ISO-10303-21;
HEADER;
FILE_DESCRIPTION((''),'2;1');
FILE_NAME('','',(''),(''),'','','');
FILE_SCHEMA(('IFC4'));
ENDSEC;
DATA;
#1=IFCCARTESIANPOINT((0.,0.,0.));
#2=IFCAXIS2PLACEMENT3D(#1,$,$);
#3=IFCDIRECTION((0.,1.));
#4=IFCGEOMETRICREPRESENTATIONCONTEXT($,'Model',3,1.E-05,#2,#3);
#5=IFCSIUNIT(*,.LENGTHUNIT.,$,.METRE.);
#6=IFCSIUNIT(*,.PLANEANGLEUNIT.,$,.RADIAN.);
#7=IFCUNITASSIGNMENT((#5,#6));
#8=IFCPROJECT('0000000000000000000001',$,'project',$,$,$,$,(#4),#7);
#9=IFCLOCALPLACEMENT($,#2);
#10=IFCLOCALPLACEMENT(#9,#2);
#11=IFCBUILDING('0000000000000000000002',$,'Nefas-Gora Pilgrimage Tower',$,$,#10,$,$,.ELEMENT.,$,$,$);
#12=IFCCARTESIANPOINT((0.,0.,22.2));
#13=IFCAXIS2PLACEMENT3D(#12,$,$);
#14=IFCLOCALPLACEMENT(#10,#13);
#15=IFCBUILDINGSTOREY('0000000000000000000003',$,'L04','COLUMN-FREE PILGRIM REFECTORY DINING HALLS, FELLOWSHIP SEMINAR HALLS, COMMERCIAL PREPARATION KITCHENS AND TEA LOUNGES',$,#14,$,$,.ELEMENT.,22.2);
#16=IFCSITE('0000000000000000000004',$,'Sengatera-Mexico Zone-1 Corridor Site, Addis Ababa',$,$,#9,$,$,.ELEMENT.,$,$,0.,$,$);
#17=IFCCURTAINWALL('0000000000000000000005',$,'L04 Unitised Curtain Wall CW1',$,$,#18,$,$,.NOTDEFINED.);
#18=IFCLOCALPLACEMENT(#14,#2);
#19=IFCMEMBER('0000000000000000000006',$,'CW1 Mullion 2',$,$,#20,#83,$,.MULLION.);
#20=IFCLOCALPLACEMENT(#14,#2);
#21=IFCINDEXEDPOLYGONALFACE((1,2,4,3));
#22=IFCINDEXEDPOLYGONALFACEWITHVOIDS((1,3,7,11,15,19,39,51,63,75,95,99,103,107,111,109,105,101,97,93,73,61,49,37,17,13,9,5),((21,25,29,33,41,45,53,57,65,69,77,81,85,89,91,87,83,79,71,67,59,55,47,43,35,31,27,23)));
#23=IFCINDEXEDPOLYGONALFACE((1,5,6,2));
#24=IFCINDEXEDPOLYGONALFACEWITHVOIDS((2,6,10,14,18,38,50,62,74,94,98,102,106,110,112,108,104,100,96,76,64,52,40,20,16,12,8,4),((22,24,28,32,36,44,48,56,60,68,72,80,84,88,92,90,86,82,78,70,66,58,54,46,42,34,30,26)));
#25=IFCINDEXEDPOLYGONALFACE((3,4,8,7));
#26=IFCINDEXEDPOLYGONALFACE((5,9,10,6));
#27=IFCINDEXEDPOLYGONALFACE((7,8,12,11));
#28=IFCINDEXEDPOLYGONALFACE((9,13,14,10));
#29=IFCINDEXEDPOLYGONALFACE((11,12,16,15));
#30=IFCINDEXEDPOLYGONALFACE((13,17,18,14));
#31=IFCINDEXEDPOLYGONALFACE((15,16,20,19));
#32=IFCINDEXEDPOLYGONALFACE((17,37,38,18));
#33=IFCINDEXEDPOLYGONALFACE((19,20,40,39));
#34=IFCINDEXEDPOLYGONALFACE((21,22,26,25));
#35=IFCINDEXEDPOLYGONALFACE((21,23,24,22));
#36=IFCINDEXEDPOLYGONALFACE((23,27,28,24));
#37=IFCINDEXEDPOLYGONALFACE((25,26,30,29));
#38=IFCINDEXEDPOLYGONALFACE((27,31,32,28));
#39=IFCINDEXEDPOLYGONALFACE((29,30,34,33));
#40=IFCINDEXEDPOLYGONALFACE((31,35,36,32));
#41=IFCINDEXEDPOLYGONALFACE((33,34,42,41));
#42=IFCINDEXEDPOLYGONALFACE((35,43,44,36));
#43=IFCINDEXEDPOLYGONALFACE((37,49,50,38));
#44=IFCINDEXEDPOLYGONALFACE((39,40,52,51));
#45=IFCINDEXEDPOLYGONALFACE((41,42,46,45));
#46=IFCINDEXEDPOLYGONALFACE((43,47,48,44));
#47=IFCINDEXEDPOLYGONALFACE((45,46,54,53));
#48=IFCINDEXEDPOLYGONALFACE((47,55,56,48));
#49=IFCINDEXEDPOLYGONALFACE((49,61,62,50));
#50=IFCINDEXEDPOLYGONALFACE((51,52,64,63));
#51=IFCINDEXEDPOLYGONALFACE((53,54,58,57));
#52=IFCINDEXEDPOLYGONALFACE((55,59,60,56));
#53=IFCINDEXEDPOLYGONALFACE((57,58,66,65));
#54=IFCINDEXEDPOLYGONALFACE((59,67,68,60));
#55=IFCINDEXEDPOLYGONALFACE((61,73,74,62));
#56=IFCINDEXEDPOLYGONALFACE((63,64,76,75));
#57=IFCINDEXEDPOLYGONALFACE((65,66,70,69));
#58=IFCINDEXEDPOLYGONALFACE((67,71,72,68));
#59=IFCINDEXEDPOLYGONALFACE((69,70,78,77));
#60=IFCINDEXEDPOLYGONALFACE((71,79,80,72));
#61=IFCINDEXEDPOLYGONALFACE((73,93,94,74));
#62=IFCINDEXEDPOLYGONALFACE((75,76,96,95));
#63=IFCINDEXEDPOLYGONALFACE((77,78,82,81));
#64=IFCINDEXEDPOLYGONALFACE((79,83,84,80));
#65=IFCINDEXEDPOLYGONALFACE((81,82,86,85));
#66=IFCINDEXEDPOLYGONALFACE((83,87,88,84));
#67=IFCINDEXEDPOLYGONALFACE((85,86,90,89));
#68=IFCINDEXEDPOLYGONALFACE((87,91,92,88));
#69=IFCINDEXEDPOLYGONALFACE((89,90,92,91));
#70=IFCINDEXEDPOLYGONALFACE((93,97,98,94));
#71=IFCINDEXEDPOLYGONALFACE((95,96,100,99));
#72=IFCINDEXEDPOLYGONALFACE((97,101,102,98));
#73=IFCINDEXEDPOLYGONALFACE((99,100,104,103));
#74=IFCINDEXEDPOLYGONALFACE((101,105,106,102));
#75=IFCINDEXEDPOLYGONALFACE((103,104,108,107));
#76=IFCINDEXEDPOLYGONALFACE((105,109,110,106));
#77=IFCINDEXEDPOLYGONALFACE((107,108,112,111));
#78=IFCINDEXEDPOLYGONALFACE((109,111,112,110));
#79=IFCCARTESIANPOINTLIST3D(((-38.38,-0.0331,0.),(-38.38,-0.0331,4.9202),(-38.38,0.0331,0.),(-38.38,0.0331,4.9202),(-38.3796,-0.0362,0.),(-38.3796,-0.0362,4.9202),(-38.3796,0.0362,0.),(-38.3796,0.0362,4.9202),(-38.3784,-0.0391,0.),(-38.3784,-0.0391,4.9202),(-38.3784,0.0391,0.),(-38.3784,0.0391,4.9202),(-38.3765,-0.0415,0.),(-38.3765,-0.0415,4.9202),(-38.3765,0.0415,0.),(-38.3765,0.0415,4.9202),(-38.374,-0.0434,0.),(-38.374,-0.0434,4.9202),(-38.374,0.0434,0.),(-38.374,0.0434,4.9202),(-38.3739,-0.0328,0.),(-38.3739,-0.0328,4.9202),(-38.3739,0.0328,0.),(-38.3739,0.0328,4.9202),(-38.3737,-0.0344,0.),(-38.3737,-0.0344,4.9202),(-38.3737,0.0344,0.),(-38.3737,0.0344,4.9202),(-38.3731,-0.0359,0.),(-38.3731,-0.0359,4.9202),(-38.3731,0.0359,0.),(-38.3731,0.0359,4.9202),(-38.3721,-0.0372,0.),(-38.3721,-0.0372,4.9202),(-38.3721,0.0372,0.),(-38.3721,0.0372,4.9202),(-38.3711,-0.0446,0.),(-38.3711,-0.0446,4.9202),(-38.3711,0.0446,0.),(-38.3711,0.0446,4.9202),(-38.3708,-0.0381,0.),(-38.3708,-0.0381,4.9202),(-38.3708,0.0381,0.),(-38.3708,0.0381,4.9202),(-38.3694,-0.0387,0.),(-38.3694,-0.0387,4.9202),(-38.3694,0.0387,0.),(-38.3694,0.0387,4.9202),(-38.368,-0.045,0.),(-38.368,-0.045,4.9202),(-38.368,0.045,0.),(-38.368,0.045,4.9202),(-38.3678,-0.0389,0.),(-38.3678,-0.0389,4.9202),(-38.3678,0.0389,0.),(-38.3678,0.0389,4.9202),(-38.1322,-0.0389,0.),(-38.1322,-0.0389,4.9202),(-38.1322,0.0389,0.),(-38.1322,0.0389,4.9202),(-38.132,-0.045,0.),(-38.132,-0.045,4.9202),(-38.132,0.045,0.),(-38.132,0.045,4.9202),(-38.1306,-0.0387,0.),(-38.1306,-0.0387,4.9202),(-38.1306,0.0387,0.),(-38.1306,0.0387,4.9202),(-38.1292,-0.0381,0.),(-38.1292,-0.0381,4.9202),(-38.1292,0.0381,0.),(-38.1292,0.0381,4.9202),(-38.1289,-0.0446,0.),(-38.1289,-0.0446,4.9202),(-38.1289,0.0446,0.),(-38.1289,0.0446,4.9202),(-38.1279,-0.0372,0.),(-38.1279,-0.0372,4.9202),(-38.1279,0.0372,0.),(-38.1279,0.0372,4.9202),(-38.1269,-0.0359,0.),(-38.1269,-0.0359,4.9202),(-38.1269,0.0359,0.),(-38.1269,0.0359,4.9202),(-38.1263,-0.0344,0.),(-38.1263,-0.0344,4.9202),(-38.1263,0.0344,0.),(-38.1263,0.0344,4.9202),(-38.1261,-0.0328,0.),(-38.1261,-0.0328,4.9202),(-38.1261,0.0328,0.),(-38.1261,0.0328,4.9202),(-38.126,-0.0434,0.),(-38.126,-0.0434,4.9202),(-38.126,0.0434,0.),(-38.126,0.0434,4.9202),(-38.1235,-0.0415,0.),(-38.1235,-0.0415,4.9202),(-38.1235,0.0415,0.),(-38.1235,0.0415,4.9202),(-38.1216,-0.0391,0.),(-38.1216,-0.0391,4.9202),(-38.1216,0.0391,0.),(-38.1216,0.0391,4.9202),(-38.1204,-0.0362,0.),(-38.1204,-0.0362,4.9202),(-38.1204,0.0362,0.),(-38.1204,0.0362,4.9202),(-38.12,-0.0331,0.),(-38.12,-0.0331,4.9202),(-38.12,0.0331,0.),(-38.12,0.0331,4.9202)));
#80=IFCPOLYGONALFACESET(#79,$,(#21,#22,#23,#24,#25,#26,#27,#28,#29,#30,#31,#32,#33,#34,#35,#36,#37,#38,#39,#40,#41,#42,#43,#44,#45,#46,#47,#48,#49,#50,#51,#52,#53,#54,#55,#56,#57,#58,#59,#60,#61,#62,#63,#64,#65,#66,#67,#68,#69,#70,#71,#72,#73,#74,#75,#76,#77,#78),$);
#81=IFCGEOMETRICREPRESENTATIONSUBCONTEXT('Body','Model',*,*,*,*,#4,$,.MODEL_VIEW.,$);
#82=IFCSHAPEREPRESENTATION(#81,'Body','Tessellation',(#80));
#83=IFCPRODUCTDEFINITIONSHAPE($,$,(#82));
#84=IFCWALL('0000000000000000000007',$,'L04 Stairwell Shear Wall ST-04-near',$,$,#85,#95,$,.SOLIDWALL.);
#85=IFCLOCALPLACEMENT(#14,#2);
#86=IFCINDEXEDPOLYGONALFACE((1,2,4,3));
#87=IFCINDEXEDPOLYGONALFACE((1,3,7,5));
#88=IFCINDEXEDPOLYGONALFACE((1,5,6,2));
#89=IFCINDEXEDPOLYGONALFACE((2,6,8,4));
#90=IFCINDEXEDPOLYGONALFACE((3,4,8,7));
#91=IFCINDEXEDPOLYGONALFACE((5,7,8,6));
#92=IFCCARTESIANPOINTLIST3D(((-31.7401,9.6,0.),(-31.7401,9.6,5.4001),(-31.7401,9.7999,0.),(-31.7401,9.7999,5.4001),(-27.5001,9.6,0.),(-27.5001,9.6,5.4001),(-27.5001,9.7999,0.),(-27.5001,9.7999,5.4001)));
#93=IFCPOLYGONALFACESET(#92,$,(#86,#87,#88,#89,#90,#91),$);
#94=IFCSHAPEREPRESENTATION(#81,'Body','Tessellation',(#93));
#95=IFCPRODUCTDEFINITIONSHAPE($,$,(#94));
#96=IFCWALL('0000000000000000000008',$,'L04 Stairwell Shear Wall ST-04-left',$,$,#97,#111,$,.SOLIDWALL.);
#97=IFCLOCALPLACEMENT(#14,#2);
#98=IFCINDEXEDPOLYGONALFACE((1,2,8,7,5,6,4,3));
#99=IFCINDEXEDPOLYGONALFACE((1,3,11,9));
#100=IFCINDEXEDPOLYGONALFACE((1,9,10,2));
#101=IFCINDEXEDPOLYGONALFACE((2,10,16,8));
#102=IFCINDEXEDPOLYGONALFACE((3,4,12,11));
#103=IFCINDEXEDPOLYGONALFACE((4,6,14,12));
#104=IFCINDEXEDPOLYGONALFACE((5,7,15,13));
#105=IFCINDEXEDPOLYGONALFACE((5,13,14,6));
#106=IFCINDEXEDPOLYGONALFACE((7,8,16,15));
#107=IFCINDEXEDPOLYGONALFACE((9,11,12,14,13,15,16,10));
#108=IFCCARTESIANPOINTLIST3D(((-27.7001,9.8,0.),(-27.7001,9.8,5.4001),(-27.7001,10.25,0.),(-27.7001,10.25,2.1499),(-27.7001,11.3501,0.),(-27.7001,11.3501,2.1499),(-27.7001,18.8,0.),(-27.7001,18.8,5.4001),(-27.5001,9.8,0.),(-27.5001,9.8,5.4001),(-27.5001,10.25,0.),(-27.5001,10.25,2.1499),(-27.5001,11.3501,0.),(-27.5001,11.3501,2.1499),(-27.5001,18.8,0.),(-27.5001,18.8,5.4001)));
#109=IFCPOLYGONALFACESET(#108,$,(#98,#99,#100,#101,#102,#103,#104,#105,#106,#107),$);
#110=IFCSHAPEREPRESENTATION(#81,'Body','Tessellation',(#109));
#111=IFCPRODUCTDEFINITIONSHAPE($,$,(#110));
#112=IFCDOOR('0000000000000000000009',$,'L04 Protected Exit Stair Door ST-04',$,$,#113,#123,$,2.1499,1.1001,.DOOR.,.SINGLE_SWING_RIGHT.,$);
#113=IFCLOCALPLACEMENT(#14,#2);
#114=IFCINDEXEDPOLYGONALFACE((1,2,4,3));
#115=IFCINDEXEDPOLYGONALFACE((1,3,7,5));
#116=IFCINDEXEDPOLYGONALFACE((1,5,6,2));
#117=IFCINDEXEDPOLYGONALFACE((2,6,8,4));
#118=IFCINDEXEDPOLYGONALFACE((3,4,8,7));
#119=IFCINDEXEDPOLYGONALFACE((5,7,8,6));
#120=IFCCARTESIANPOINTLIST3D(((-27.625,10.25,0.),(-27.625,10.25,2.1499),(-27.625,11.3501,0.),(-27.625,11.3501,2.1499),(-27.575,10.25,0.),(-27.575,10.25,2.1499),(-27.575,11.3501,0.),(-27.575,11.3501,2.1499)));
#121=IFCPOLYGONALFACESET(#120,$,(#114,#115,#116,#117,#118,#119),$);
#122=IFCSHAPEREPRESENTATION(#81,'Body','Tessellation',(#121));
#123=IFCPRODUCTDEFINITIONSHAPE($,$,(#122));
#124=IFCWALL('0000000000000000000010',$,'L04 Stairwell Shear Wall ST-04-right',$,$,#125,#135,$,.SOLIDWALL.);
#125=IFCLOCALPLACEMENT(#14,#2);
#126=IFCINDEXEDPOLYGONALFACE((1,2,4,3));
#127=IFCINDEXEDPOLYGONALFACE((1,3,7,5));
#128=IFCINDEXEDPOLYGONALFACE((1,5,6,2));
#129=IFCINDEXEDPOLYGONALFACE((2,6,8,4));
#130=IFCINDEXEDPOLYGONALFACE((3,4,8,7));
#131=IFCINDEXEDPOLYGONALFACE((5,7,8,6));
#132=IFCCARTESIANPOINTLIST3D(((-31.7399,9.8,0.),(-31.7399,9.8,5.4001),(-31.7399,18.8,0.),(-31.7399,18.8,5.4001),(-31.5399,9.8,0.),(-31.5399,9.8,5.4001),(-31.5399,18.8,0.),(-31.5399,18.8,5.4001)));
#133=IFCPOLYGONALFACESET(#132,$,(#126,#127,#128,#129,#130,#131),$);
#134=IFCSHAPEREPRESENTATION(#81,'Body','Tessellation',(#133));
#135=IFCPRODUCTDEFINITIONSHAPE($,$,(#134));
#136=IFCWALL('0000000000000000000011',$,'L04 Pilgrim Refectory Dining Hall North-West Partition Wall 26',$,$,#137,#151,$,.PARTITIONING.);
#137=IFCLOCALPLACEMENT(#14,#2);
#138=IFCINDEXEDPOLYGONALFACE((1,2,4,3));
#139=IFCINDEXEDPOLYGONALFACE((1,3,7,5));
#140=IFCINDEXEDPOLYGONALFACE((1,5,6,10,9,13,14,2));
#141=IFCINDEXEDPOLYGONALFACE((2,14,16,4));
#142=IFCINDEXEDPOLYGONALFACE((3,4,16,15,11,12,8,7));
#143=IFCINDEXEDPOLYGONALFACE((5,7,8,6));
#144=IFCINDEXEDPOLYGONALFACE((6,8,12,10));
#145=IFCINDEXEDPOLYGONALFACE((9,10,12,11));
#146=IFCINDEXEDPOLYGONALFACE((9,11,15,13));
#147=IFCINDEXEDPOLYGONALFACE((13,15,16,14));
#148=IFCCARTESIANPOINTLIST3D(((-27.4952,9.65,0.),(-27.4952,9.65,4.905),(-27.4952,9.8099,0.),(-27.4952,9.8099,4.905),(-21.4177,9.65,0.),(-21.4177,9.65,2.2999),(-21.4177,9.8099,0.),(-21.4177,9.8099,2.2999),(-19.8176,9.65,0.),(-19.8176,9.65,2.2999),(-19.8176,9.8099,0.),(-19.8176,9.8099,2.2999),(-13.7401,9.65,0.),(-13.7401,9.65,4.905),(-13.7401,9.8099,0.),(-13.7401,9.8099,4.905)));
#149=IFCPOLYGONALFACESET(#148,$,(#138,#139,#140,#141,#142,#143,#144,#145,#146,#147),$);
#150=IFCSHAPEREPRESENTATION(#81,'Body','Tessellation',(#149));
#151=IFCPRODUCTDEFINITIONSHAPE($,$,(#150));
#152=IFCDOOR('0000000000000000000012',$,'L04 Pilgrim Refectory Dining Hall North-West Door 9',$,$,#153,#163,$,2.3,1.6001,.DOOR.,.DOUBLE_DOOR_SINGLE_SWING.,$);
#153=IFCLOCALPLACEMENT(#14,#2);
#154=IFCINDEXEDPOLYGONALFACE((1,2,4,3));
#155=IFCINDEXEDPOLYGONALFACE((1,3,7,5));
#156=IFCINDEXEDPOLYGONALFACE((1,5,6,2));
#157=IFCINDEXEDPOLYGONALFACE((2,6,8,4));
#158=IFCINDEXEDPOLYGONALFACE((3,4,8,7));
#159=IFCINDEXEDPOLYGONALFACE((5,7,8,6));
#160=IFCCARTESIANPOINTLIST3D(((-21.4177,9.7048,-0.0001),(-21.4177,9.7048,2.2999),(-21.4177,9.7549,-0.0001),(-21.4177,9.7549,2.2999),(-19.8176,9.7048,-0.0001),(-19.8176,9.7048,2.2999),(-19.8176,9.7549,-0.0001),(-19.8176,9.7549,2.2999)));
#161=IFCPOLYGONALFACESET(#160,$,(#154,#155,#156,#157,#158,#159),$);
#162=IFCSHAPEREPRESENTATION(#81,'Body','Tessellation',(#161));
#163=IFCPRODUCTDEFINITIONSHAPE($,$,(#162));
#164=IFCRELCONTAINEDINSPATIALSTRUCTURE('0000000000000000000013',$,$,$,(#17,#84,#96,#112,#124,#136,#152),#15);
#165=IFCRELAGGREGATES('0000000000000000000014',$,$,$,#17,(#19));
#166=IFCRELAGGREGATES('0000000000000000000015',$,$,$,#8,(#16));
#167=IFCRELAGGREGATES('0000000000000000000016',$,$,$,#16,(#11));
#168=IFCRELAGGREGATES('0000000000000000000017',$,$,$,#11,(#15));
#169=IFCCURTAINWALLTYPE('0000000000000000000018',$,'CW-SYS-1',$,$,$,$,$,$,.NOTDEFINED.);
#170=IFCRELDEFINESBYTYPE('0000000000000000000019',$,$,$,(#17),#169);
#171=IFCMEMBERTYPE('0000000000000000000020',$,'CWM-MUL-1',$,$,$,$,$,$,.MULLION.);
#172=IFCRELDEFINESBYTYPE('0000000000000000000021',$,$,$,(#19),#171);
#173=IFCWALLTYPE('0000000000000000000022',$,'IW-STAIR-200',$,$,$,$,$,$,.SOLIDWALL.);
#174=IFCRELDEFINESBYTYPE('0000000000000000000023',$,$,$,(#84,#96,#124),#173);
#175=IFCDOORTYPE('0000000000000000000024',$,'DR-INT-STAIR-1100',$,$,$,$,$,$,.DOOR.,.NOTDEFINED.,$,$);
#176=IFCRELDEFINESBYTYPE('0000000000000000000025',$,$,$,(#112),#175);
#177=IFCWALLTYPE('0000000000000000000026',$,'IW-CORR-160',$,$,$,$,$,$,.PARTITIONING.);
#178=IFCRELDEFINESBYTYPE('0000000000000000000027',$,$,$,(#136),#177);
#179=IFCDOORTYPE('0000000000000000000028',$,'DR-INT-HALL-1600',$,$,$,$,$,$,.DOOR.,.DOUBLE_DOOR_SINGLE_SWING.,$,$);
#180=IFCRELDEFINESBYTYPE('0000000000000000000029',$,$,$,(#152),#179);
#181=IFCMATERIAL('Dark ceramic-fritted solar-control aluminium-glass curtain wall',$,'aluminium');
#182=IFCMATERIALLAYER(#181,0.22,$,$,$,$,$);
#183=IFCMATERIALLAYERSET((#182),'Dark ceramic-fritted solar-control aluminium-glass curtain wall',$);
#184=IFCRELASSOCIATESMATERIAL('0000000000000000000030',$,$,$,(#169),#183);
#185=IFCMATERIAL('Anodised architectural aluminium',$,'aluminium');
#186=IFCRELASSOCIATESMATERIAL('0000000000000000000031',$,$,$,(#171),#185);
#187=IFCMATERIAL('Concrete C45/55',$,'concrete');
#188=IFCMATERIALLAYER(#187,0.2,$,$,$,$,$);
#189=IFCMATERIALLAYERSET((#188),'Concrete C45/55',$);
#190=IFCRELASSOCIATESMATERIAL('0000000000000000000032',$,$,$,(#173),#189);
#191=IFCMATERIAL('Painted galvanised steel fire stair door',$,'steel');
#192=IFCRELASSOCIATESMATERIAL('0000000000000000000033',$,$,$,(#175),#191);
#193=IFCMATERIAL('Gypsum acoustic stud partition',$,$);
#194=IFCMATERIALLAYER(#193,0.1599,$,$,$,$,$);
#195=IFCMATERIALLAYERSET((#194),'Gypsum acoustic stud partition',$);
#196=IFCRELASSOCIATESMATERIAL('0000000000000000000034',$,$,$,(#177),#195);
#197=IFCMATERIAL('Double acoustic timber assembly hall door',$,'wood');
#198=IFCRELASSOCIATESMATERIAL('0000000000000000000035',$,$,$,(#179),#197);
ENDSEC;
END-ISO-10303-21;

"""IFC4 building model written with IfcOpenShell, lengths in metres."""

from ifc_helpers import new_model, si_unit, direction, frame, frame_2d, origin, origin_2d, place, context, subcontext, project, spatial, rectangle, hollow_rectangle, extrude, source, transform, mapped, material, layer, layer_set, material_profile, profile_set, type_object, element, fill, aggregate, save


model = new_model("IFC4")

# Units and contexts
model_context = context("Model", 3, precision=1e-05, world=origin(), true_north=direction((0.0, 1.0)))
body_context = subcontext(model_context, "Body", "Model", "MODEL_VIEW")
ifc_project = project(units=[si_unit("LENGTHUNIT", "METRE"), si_unit("PLANEANGLEUNIT", "RADIAN")], contexts=[model_context])

# Site, building, storey
site_placement = place(None, origin())
site = spatial("IfcSite", under=ifc_project, at=site_placement, Name="Sengatera-Mexico Zone-1 Corridor Site, Addis Ababa", CompositionType="ELEMENT", RefElevation=0.0)
building_placement = place(site_placement, origin())
building = spatial("IfcBuilding", under=site, at=building_placement, Name="Nefas-Gora Pilgrimage Tower", CompositionType="ELEMENT")
storey_placement = place(building_placement, frame((0.0, 0.0, 22.2)))
storey = spatial("IfcBuildingStorey", under=building, at=storey_placement, Name="L04", Description="COLUMN-FREE PILGRIM REFECTORY DINING HALLS, FELLOWSHIP SEMINAR HALLS, COMMERCIAL PREPARATION KITCHENS AND TEA LOUNGES", CompositionType="ELEMENT", Elevation=22.2)

# Curtain wall, member
ifc_material_1 = material(Name="Dark ceramic-fritted solar-control aluminium-glass curtain wall", Category="aluminium")
ifc_layer_1 = layer(ifc_material_1, 0.22)
ifc_layer_set_1 = layer_set([ifc_layer_1], Name="Dark ceramic-fritted solar-control aluminium-glass curtain wall")
curtain_wall_type = type_object("IfcCurtainWallType", Name="CW-SYS-1", PredefinedType="NOTDEFINED", material=ifc_layer_set_1)
curtain_wall_placement = place(storey_placement, origin())
curtain_wall = element("IfcCurtainWall", 1, at=curtain_wall_placement, inside=storey, type_object=curtain_wall_type, Name="L04 Unitised Curtain Wall CW1", PredefinedType="NOTDEFINED")
ifc_material_2 = material(Name="Anodised architectural aluminium", Category="aluminium")
ifc_material_profile_1 = material_profile(ifc_material_2, hollow_rectangle(XDim=0.0901, YDim=0.26, WallThickness=0.0061, InnerFilletRadius=0.0061, OuterFilletRadius=0.012, at=origin_2d()), Name="ALU MULLION 90x260")
ifc_profile_set_1 = profile_set([ifc_material_profile_1], Name="Anodised architectural aluminium")
member_type = type_object("IfcMemberType", Name="CWM-MUL-1", PredefinedType="MULLION", material=ifc_profile_set_1)
shared_shape_1 = source(origin(), body_context, "Body", "SweptSolid", [
    extrude(hollow_rectangle(XDim=0.0901, YDim=0.26, WallThickness=0.0061, InnerFilletRadius=0.0061, OuterFilletRadius=0.012, at=origin_2d()), origin(), (0.0, 0.0, 1.0), 4.9202),
])
member_placement = place(storey_placement, frame((-38.25, 0.0, 0.0), z_axis=(0.0, 0.0, 1.0), x_axis=(0.0, -1.0, 0.0)))
member = element("IfcMember", 2, at=member_placement, type_object=member_type, Name="CW1 Mullion 2", PredefinedType="MULLION", context=body_context, shape_type="MappedRepresentation", body=[
    mapped(shared_shape_1, transform((0.0, 0.0, 0.0), x_axis=(1.0, 0.0, 0.0), y_axis=(0.0, 1.0, 0.0), z_axis=(0.0, 0.0, 1.0), scale=1.0)),
])
aggregate(curtain_wall, [member])

# Wall
ifc_material_3 = material(Name="Concrete C45/55", Category="concrete")
ifc_layer_2 = layer(ifc_material_3, 0.2)
ifc_layer_set_2 = layer_set([ifc_layer_2], Name="Concrete C45/55")
wall_type_1 = type_object("IfcWallType", Name="IW-STAIR-200", PredefinedType="SOLIDWALL", material=ifc_layer_set_2)
shared_shape_2 = source(origin(), body_context, "Body", "SweptSolid", [
    extrude(rectangle(XDim=4.24, YDim=0.2, at=frame_2d((2.1201, 0.0))), origin(), (0.0, 0.0, 1.0), 5.4001),
])
wall_1_placement = place(storey_placement, frame((-27.5, 9.7, 0.0), z_axis=(0.0, 0.0, 1.0), x_axis=(-1.0, 0.0, 0.0)))
element("IfcWall", 3, at=wall_1_placement, inside=storey, type_object=wall_type_1, Name="L04 Stairwell Shear Wall ST-04-near", PredefinedType="SOLIDWALL", context=body_context, shape_type="MappedRepresentation", body=[
    mapped(shared_shape_2, transform((0.0, 0.0, 0.0), x_axis=(1.0, 0.0, 0.0), y_axis=(0.0, 1.0, 0.0), z_axis=(0.0, 0.0, 1.0), scale=1.0)),
])

# Wall, opening, door
shared_shape_3 = source(origin(), body_context, "Body", "SweptSolid", [
    extrude(rectangle(XDim=9.0, YDim=0.2, at=frame_2d((4.5, 0.0))), origin(), (0.0, 0.0, 1.0), 5.4001),
])
wall_2_placement = place(storey_placement, frame((-27.6001, 9.8, 0.0), z_axis=(0.0, 0.0, 1.0), x_axis=(0.0, 1.0, 0.0)))
wall_2 = element("IfcWall", 4, at=wall_2_placement, inside=storey, type_object=wall_type_1, Name="L04 Stairwell Shear Wall ST-04-left", PredefinedType="SOLIDWALL", context=body_context, shape_type="MappedRepresentation", body=[
    mapped(shared_shape_3, transform((0.0, 0.0, 0.0), x_axis=(1.0, 0.0, 0.0), y_axis=(0.0, 1.0, 0.0), z_axis=(0.0, 0.0, 1.0), scale=1.0)),
])
opening_1_placement = place(wall_2_placement, frame((0.45, 0.0, 0.0)))
opening_1 = element("IfcOpeningElement", 5, at=opening_1_placement, cuts=wall_2, PredefinedType="OPENING", context=body_context, shape_type="SweptSolid", body=[
    extrude(rectangle(XDim=1.1001, YDim=2.1499, at=frame_2d((0.55, 1.075))), frame((0.0, 0.1099, 0.0), z_axis=(0.0, -1.0, 0.0), x_axis=(1.0, 0.0, 0.0)), (0.0, 0.0, 1.0), 0.22),
])
ifc_material_4 = material(Name="Painted galvanised steel fire stair door", Category="steel")
door_type_1 = type_object("IfcDoorType", Name="DR-INT-STAIR-1100", OperationType="NOTDEFINED", PredefinedType="DOOR", material=ifc_material_4)
shared_shape_4 = source(origin(), body_context, "Body", "SweptSolid", [
    extrude(rectangle(XDim=1.1001, YDim=2.1499, at=frame_2d((0.55, 1.075))), frame((0.0, 0.0249, 0.0), z_axis=(0.0, -1.0, 0.0), x_axis=(1.0, 0.0, 0.0)), (0.0, 0.0, 1.0), 0.05),
])
door_1_placement = place(opening_1_placement, origin())
door_1 = element("IfcDoor", 6, at=door_1_placement, inside=storey, type_object=door_type_1, Name="L04 Protected Exit Stair Door ST-04", OperationType="SINGLE_SWING_RIGHT", OverallHeight=2.1499, OverallWidth=1.1001, PredefinedType="DOOR", context=body_context, shape_type="MappedRepresentation", body=[
    mapped(shared_shape_4, transform((0.0, 0.0, 0.0), x_axis=(1.0, 0.0, 0.0), y_axis=(0.0, 1.0, 0.0), z_axis=(0.0, 0.0, 1.0), scale=1.0)),
])
fill(opening_1, door_1)

# Wall
wall_3_placement = place(storey_placement, frame((-31.6399, 9.8, 0.0), z_axis=(0.0, 0.0, 1.0), x_axis=(0.0, 1.0, 0.0)))
element("IfcWall", 7, at=wall_3_placement, inside=storey, type_object=wall_type_1, Name="L04 Stairwell Shear Wall ST-04-right", PredefinedType="SOLIDWALL", context=body_context, shape_type="MappedRepresentation", body=[
    mapped(shared_shape_3, transform((0.0, 0.0, 0.0), x_axis=(1.0, 0.0, 0.0), y_axis=(0.0, 1.0, 0.0), z_axis=(0.0, 0.0, 1.0), scale=1.0)),
])

# Wall, opening, door
ifc_material_5 = material(Name="Gypsum acoustic stud partition")
ifc_layer_3 = layer(ifc_material_5, 0.1599)
ifc_layer_set_3 = layer_set([ifc_layer_3], Name="Gypsum acoustic stud partition")
wall_type_2 = type_object("IfcWallType", Name="IW-CORR-160", PredefinedType="PARTITIONING", material=ifc_layer_set_3)
shared_shape_5 = source(origin(), body_context, "Body", "SweptSolid", [
    extrude(rectangle(XDim=13.7551, YDim=0.1599, at=frame_2d((6.8774, 0.0))), origin(), (0.0, 0.0, 1.0), 4.905),
])
wall_4_placement = place(storey_placement, frame((-27.4951, 9.73, 0.0), z_axis=(0.0, 0.0, 1.0), x_axis=(1.0, 0.0, 0.0)))
wall_4 = element("IfcWall", 8, at=wall_4_placement, inside=storey, type_object=wall_type_2, Name="L04 Pilgrim Refectory Dining Hall North-West Partition Wall 26", PredefinedType="PARTITIONING", context=body_context, shape_type="MappedRepresentation", body=[
    mapped(shared_shape_5, transform((0.0, 0.0, 0.0), x_axis=(1.0, 0.0, 0.0), y_axis=(0.0, 1.0, 0.0), z_axis=(0.0, 0.0, 1.0), scale=1.0)),
])
opening_2_placement = place(wall_4_placement, frame((6.0774, 0.0, 0.0)))
opening_2 = element("IfcOpeningElement", 9, at=opening_2_placement, cuts=wall_4, PredefinedType="OPENING", context=body_context, shape_type="SweptSolid", body=[
    extrude(rectangle(XDim=1.6001, YDim=2.3, at=frame_2d((0.8, 1.1499))), frame((0.0, 0.0898, 0.0), z_axis=(0.0, -1.0, 0.0), x_axis=(1.0, 0.0, 0.0)), (0.0, 0.0, 1.0), 0.1799),
])
ifc_material_6 = material(Name="Double acoustic timber assembly hall door", Category="wood")
door_type_2 = type_object("IfcDoorType", Name="DR-INT-HALL-1600", OperationType="DOUBLE_DOOR_SINGLE_SWING", PredefinedType="DOOR", material=ifc_material_6)
shared_shape_6 = source(origin(), body_context, "Body", "SweptSolid", [
    extrude(rectangle(XDim=1.6001, YDim=2.3, at=frame_2d((0.8, 1.1499))), frame((0.0, 0.0249, 0.0), z_axis=(0.0, -1.0, 0.0), x_axis=(1.0, 0.0, 0.0)), (0.0, 0.0, 1.0), 0.05),
])
door_2_placement = place(opening_2_placement, origin())
door_2 = element("IfcDoor", 10, at=door_2_placement, inside=storey, type_object=door_type_2, Name="L04 Pilgrim Refectory Dining Hall North-West Door 9", OperationType="DOUBLE_DOOR_SINGLE_SWING", OverallHeight=2.3, OverallWidth=1.6001, PredefinedType="DOOR", context=body_context, shape_type="MappedRepresentation", body=[
    mapped(shared_shape_6, transform((0.0, 0.0, 0.0), x_axis=(1.0, 0.0, 0.0), y_axis=(0.0, 1.0, 0.0), z_axis=(0.0, 0.0, 1.0), scale=1.0)),
])
fill(opening_2, door_2)

save(model, "model.ifc")
